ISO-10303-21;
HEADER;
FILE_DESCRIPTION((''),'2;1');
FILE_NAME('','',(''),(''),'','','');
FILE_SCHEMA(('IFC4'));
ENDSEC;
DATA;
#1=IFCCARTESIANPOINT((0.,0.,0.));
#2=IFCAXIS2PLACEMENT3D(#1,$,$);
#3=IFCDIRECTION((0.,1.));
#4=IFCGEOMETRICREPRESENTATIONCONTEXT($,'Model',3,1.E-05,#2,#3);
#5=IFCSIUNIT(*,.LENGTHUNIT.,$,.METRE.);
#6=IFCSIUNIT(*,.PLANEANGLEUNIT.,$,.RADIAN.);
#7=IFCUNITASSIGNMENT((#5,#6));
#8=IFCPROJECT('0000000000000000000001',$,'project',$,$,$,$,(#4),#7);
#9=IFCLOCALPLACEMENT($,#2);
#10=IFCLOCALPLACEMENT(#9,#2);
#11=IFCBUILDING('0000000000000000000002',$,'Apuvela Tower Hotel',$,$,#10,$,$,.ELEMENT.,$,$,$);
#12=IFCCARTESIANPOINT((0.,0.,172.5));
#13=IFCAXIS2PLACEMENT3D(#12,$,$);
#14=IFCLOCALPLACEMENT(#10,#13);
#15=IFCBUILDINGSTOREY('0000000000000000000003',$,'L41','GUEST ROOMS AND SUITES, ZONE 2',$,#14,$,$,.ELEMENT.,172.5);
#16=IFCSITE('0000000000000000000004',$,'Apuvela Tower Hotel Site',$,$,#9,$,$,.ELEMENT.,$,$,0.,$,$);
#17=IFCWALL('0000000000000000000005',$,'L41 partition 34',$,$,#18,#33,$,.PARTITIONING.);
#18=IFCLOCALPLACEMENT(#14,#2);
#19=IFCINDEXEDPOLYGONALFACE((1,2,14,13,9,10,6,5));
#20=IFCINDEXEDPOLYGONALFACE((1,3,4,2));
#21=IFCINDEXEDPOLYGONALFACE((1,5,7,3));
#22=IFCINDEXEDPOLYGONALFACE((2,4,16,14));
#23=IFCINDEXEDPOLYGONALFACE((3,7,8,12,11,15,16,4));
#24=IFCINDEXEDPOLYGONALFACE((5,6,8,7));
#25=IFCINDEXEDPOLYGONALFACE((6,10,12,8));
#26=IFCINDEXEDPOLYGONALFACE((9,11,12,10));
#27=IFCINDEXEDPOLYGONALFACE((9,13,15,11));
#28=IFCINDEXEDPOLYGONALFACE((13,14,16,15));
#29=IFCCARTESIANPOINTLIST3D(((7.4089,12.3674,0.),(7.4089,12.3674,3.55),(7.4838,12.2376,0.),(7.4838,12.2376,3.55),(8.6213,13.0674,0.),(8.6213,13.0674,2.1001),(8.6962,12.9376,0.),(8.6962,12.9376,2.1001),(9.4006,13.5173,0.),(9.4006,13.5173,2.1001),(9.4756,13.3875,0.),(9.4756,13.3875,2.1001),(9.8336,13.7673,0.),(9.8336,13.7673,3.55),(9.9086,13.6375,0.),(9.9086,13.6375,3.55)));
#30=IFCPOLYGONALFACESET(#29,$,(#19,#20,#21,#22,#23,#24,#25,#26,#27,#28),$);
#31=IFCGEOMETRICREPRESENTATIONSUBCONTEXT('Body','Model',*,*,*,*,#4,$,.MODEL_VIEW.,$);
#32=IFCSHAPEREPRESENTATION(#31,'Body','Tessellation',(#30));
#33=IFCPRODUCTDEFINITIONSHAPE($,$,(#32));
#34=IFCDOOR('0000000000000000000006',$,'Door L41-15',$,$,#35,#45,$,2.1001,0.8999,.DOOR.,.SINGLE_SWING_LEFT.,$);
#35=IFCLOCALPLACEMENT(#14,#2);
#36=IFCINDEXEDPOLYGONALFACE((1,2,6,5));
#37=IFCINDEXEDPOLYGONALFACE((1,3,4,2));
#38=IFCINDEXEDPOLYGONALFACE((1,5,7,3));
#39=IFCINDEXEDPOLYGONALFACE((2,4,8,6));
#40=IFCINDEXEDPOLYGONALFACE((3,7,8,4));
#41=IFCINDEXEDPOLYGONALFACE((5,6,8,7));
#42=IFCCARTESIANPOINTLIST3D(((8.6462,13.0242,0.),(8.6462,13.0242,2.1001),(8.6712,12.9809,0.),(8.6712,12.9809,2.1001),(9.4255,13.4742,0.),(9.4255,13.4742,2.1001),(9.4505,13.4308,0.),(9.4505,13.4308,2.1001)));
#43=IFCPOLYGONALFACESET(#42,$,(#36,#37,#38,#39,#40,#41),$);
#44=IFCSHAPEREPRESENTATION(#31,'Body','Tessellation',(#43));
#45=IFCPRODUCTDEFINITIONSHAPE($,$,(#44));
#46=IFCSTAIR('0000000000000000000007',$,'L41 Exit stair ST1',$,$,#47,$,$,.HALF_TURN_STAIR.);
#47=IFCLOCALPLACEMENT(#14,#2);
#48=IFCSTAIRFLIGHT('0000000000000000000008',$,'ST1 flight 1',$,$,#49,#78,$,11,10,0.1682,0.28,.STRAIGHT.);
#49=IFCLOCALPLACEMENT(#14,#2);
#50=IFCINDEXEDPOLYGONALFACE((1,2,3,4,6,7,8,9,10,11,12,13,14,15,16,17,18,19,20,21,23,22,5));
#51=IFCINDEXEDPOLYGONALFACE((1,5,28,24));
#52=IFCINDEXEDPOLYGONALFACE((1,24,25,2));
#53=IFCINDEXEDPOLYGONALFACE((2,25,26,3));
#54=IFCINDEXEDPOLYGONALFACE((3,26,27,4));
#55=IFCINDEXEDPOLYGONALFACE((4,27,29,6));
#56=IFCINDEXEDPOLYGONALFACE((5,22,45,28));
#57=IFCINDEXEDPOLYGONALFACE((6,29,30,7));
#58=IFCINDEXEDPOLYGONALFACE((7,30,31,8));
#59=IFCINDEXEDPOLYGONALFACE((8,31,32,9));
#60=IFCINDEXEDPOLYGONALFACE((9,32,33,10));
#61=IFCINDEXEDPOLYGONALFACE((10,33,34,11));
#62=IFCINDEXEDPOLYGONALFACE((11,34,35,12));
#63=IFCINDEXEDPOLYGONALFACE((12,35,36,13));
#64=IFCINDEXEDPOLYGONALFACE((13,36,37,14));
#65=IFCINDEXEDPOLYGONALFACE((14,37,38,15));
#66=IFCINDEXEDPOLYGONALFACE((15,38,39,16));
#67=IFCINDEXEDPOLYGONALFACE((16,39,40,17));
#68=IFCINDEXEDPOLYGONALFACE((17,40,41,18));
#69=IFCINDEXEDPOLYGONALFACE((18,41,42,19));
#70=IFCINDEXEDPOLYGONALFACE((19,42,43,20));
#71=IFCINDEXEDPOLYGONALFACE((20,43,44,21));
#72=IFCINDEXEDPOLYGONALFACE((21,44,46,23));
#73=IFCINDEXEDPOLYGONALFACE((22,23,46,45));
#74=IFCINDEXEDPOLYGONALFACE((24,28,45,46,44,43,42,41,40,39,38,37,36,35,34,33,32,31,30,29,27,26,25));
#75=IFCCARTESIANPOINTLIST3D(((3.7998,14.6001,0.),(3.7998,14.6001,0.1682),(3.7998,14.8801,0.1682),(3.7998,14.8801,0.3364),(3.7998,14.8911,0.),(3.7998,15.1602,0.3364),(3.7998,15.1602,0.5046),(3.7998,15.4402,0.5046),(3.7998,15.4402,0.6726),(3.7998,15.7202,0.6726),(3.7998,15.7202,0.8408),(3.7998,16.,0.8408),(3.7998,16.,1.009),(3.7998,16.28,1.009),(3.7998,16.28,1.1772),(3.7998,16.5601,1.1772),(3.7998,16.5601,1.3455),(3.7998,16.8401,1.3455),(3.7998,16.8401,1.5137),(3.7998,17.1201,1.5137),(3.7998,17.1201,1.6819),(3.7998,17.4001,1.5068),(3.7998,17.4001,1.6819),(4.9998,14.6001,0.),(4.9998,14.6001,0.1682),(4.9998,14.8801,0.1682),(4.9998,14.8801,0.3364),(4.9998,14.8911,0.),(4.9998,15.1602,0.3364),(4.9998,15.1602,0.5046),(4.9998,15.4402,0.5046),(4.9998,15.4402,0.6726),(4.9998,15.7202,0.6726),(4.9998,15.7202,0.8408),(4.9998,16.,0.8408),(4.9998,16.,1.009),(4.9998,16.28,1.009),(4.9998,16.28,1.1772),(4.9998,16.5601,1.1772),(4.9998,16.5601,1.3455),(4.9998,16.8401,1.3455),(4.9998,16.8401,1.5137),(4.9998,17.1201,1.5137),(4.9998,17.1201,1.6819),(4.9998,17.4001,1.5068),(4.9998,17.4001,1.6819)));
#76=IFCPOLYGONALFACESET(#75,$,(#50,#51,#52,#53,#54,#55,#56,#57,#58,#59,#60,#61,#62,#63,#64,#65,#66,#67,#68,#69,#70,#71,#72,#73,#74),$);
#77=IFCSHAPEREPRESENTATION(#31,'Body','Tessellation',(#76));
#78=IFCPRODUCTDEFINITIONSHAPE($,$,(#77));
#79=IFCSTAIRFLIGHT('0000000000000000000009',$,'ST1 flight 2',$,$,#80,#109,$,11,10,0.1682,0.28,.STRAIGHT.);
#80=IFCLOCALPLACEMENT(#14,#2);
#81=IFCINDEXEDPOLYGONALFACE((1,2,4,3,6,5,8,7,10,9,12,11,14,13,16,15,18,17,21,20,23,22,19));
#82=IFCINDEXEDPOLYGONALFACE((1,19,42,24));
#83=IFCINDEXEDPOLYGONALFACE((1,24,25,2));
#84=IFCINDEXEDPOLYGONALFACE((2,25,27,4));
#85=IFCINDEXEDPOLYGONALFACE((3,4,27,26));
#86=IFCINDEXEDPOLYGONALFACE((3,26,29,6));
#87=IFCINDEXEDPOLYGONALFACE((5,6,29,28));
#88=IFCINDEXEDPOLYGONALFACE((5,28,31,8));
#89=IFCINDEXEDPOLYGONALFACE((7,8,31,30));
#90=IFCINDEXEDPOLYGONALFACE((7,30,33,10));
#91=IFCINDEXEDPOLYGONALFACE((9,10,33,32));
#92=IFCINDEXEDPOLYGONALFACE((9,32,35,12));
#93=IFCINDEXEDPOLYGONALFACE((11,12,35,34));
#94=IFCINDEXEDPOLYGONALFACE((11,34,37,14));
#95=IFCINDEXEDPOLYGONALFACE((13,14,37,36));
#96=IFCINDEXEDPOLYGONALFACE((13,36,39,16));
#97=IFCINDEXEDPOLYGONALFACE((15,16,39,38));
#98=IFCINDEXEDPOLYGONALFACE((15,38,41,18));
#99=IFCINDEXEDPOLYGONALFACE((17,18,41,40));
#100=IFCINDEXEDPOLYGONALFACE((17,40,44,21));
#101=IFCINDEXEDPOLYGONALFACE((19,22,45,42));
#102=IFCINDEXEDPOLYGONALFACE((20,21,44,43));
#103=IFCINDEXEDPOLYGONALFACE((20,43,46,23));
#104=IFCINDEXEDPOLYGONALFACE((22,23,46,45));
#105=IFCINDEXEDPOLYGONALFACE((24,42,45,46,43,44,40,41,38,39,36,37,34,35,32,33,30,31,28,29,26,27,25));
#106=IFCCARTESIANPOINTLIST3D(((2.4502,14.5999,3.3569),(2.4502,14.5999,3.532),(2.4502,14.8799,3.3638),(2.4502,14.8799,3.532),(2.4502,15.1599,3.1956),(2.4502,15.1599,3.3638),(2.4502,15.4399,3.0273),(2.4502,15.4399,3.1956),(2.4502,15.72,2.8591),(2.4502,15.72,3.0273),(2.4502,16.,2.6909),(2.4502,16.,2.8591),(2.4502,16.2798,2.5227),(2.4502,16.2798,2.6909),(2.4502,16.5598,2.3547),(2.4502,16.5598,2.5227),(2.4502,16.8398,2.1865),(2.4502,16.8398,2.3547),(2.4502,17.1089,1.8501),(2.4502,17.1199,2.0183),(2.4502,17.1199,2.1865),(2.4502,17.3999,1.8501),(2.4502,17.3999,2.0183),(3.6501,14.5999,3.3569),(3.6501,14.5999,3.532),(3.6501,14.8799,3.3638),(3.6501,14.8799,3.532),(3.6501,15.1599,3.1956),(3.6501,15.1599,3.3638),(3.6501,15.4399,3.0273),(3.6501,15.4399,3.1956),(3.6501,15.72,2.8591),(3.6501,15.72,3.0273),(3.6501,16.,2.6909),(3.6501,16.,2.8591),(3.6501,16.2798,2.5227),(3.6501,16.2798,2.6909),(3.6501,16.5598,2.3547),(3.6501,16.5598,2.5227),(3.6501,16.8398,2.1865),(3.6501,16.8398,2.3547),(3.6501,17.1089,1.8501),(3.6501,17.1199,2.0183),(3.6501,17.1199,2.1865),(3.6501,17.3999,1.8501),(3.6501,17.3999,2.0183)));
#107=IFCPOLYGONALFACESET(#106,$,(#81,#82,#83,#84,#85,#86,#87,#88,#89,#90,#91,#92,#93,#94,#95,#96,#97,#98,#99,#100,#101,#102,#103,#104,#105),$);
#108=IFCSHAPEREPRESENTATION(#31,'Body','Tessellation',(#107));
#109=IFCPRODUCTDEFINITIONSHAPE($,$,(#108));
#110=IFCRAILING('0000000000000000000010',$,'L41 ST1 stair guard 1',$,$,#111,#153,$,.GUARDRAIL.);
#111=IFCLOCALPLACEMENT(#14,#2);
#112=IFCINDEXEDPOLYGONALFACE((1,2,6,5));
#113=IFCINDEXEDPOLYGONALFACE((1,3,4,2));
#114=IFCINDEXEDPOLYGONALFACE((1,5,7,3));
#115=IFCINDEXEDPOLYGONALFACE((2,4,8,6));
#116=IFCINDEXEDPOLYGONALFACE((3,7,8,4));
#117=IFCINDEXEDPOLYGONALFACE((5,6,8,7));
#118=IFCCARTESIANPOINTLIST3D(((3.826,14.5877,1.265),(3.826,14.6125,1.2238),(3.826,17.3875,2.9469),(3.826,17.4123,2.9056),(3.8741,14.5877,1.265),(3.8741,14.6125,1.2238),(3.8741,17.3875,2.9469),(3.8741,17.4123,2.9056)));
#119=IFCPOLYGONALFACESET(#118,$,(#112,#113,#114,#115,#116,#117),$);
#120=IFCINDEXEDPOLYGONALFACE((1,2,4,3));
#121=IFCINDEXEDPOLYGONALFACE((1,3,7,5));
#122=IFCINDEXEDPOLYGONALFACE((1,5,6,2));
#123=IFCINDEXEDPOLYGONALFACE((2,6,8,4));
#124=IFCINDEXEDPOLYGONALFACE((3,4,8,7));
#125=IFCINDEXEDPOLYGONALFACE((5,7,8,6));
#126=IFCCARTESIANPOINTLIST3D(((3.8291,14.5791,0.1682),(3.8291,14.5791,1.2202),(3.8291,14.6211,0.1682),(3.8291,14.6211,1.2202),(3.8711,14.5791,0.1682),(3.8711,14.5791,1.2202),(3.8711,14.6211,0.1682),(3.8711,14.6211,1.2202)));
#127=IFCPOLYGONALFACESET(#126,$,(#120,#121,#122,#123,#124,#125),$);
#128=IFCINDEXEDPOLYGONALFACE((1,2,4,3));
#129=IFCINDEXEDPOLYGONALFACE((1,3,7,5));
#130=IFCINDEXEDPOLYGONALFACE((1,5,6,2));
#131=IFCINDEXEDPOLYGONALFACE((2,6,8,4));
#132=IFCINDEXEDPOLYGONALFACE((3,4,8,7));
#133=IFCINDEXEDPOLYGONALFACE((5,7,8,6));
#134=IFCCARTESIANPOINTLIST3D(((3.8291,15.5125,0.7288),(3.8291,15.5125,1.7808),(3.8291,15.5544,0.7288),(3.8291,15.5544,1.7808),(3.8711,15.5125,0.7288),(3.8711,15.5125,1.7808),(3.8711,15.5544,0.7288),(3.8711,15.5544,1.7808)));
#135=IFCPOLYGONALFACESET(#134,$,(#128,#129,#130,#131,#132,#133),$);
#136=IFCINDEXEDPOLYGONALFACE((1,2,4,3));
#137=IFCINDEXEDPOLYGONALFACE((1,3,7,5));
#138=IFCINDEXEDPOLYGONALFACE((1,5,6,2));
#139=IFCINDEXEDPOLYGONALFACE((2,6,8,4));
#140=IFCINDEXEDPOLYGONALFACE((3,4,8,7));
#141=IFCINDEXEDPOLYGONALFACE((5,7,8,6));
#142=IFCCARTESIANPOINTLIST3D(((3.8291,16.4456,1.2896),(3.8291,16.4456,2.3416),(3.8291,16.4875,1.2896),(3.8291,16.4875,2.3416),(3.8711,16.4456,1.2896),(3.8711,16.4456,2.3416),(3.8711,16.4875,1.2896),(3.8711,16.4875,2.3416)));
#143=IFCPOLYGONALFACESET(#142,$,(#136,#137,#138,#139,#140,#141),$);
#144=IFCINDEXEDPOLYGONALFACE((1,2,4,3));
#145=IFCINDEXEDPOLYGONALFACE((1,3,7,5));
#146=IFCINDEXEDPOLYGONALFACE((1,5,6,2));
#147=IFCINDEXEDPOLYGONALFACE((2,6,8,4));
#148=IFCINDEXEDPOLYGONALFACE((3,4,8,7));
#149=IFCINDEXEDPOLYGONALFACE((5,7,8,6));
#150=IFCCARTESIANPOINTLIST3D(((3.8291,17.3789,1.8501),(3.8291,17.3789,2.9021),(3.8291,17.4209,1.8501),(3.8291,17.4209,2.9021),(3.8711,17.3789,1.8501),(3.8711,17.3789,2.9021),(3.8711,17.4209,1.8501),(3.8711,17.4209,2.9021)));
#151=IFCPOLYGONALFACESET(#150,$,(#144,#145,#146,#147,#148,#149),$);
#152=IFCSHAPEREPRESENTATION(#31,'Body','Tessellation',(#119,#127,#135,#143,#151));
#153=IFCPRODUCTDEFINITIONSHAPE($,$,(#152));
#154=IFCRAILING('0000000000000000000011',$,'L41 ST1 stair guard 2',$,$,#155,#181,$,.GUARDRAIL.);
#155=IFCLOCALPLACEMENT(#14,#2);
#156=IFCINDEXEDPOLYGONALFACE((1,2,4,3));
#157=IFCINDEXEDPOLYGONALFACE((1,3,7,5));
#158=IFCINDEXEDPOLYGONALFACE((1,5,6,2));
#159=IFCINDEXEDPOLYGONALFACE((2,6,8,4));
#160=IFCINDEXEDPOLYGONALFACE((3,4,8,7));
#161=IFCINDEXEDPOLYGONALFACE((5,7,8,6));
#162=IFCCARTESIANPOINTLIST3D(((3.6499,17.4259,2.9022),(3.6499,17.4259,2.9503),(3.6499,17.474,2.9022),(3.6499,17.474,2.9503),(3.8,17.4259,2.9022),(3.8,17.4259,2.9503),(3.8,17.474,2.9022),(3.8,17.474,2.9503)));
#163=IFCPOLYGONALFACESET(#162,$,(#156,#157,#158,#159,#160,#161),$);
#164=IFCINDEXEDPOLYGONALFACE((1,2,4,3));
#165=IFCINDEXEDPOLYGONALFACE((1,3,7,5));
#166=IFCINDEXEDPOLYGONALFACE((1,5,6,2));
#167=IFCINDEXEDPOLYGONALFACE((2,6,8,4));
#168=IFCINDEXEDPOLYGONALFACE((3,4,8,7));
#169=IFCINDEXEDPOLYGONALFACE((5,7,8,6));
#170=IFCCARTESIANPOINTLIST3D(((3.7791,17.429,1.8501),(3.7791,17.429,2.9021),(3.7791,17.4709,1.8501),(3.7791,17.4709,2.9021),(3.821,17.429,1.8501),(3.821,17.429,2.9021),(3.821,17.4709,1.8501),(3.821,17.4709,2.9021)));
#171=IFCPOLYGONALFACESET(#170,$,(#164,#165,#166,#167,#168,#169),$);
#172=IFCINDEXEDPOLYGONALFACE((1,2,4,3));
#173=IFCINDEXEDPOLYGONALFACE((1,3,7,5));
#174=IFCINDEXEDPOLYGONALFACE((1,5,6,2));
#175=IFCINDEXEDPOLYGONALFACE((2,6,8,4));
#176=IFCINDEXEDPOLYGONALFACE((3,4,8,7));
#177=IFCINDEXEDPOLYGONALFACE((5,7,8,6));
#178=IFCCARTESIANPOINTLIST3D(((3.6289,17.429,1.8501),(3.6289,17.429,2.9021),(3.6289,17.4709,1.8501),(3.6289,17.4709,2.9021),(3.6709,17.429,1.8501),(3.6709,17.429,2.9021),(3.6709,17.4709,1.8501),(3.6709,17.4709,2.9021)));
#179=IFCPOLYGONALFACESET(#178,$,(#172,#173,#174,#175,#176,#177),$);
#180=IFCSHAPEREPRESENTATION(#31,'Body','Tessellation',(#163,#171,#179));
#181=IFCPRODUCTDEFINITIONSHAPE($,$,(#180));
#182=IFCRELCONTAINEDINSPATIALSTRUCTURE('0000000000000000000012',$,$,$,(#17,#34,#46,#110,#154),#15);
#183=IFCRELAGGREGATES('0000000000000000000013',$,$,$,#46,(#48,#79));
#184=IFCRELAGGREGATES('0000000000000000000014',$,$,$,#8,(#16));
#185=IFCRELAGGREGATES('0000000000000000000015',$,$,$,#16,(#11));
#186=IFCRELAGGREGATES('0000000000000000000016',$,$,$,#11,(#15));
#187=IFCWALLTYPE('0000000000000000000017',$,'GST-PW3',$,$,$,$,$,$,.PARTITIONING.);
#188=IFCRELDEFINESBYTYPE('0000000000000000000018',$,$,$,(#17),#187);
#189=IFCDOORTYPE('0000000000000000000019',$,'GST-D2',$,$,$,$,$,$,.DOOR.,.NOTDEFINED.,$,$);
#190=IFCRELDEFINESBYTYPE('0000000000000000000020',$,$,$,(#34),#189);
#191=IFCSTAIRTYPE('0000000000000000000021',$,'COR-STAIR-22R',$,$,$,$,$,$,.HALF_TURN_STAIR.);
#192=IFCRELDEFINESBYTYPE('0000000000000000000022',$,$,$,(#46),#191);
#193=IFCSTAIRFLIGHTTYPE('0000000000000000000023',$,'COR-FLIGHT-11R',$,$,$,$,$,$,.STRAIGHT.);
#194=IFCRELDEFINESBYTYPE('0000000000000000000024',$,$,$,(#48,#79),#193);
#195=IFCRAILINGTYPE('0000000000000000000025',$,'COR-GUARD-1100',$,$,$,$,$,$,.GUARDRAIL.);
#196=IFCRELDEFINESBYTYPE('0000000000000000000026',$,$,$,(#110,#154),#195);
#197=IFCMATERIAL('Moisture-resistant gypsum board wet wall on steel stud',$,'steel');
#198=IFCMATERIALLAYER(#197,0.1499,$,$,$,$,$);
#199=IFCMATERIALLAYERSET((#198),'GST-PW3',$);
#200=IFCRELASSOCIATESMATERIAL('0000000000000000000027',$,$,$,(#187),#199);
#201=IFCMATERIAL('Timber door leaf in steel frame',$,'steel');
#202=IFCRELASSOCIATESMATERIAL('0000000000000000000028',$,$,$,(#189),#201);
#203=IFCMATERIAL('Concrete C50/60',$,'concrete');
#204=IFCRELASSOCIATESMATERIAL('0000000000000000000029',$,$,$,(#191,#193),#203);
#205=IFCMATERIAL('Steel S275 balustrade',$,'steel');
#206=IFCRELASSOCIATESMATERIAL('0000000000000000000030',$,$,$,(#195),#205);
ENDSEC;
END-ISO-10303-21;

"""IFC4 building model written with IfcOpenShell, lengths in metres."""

from ifc_helpers import new_model, si_unit, direction, frame, frame_2d, origin, origin_2d, place, context, subcontext, project, spatial, polyline, rectangle, outline, extrude, material, layer, layer_set, type_object, element, fill, aggregate, save


model = new_model("IFC4")

# Units and contexts
model_context = context("Model", 3, precision=1e-05, world=origin(), true_north=direction((0.0, 1.0)))
body_context = subcontext(model_context, "Body", "Model", "MODEL_VIEW")
ifc_project = project(units=[si_unit("LENGTHUNIT", "METRE"), si_unit("PLANEANGLEUNIT", "RADIAN")], contexts=[model_context])

# Site, building, storey
site_placement = place(None, origin())
site = spatial("IfcSite", under=ifc_project, at=site_placement, Name="Apuvela Tower Hotel Site", CompositionType="ELEMENT", RefElevation=0.0)
building_placement = place(site_placement, origin())
building = spatial("IfcBuilding", under=site, at=building_placement, Name="Apuvela Tower Hotel", CompositionType="ELEMENT")
storey_placement = place(building_placement, frame((0.0, 0.0, 172.5)))
storey = spatial("IfcBuildingStorey", under=building, at=storey_placement, Name="L41", Description="GUEST ROOMS AND SUITES, ZONE 2", CompositionType="ELEMENT", Elevation=172.5)

# Shared definitions
ifc_material_1 = material(Name="Concrete C50/60", Category="concrete")

# Wall, opening, door
ifc_material_2 = material(Name="Moisture-resistant gypsum board wet wall on steel stud", Category="steel")
ifc_layer_1 = layer(ifc_material_2, 0.1499)
ifc_layer_set_1 = layer_set([ifc_layer_1], Name="GST-PW3")
wall_type_1 = type_object("IfcWallType", Name="GST-PW3", PredefinedType="PARTITIONING", material=ifc_layer_set_1)
wall_1_placement = place(storey_placement, frame((9.8711, 13.7024, 0.0), z_axis=(0.0, 0.0, 1.0), x_axis=(-0.866035, -0.499984, 0.0)))
wall_1 = element("IfcWall", 1, at=wall_1_placement, inside=storey, type_object=wall_type_1, Name="L41 partition 34", PredefinedType="PARTITIONING", context=body_context, shape_type="SweptSolid", body=[
    extrude(rectangle(XDim=2.7998, YDim=0.1499, at=frame_2d((1.3999, 0.0))), origin(), (0.0, 0.0, 1.0), 3.55),
])
opening_1_placement = place(wall_1_placement, frame((0.5, 0.0, 0.0)))
opening_1 = element("IfcOpeningElement", 2, at=opening_1_placement, cuts=wall_1, PredefinedType="OPENING", context=body_context, shape_type="SweptSolid", body=[
    extrude(rectangle(XDim=0.8999, YDim=2.1001, at=frame_2d((0.45, 1.05))), frame((0.0, 0.085, 0.0), z_axis=(0.0, -1.0, 0.0), x_axis=(1.0, 0.0, 0.0)), (0.0, 0.0, 1.0), 0.1699),
])
ifc_material_3 = material(Name="Timber door leaf in steel frame", Category="steel")
door_type_1 = type_object("IfcDoorType", Name="GST-D2", OperationType="NOTDEFINED", PredefinedType="DOOR", material=ifc_material_3)
door_1_placement = place(opening_1_placement, origin())
door_1 = element("IfcDoor", 3, at=door_1_placement, inside=storey, type_object=door_type_1, Name="Door L41-15", OperationType="SINGLE_SWING_LEFT", OverallHeight=2.1001, OverallWidth=0.8999, PredefinedType="DOOR", context=body_context, shape_type="SweptSolid", body=[
    extrude(rectangle(XDim=0.8999, YDim=2.1001, at=frame_2d((0.45, 1.05))), frame((0.0, 0.0249, 0.0), z_axis=(0.0, -1.0, 0.0), x_axis=(1.0, 0.0, 0.0)), (0.0, 0.0, 1.0), 0.05),
])
fill(opening_1, door_1)

# Stair, stair flights
stair_type = type_object("IfcStairType", Name="COR-STAIR-22R", PredefinedType="HALF_TURN_STAIR", material=ifc_material_1)
stair_placement = place(storey_placement, origin())
stair = element("IfcStair", 4, at=stair_placement, inside=storey, type_object=stair_type, Name="L41 Exit stair ST1", PredefinedType="HALF_TURN_STAIR")
stair_flight_type = type_object("IfcStairFlightType", Name="COR-FLIGHT-11R", PredefinedType="STRAIGHT", material=ifc_material_1)
stair_flight_1_placement = place(storey_placement, frame((4.3999, 14.6001, 0.0), z_axis=(0.0, 0.0, 1.0), x_axis=(0.0, 1.0, 0.0)))
stair_flight_1 = element("IfcStairFlight", 5, at=stair_flight_1_placement, type_object=stair_flight_type, Name="ST1 flight 1", NumberOfRisers=11, NumberOfTreads=10, PredefinedType="STRAIGHT", RiserHeight=0.1682, TreadLength=0.28, context=body_context, shape_type="SweptSolid", body=[
    extrude(outline(polyline([(0.0, 0.0), (0.0, 0.1682), (0.28, 0.1682), (0.28, 0.3364), (0.5601, 0.3364), (0.5601, 0.5046), (0.8401, 0.5046), (0.8401, 0.6726), (1.1201, 0.6726), (1.1201, 0.8408), (1.3999, 0.8408), (1.3999, 1.009), (1.6799, 1.009), (1.6799, 1.1772), (1.96, 1.1772), (1.96, 1.3455), (2.24, 1.3455), (2.24, 1.5137), (2.52, 1.5137), (2.52, 1.6819), (2.8, 1.6819), (2.8, 1.8501), (2.8, 1.5068), (0.291, 0.0), (0.0, 0.0)])), frame((0.0, 0.6001, 0.0), z_axis=(0.0, -1.0, 0.0), x_axis=(1.0, 0.0, 0.0)), (0.0, 0.0, 1.0), 1.2),
])
stair_flight_2_placement = place(storey_placement, frame((3.05, 17.3999, 1.8501), z_axis=(0.0, 0.0, 1.0), x_axis=(0.0, -1.0, 0.0)))
stair_flight_2 = element("IfcStairFlight", 6, at=stair_flight_2_placement, type_object=stair_flight_type, Name="ST1 flight 2", NumberOfRisers=11, NumberOfTreads=10, PredefinedType="STRAIGHT", RiserHeight=0.1682, TreadLength=0.28, context=body_context, shape_type="SweptSolid", body=[
    extrude(outline(polyline([(0.0, 0.0), (0.0, 0.1682), (0.28, 0.1682), (0.28, 0.3364), (0.5601, 0.3364), (0.5601, 0.5046), (0.8401, 0.5046), (0.8401, 0.6726), (1.1201, 0.6726), (1.1201, 0.8408), (1.3999, 0.8408), (1.3999, 1.009), (1.6799, 1.009), (1.6799, 1.1772), (1.96, 1.1772), (1.96, 1.3455), (2.24, 1.3455), (2.24, 1.5137), (2.52, 1.5137), (2.52, 1.6819), (2.8, 1.6819), (2.8, 1.8501), (2.8, 1.5068), (0.291, 0.0), (0.0, 0.0)])), frame((0.0, 0.6001, 0.0), z_axis=(0.0, -1.0, 0.0), x_axis=(1.0, 0.0, 0.0)), (0.0, 0.0, 1.0), 1.2),
])
aggregate(stair, [stair_flight_1, stair_flight_2])

# Railings
ifc_material_4 = material(Name="Steel S275 balustrade", Category="steel")
railing_type_1 = type_object("IfcRailingType", Name="COR-GUARD-1100", PredefinedType="GUARDRAIL", material=ifc_material_4)
railing_1_placement = place(storey_placement, frame((3.8501, 14.6001, 0.1682)))
element("IfcRailing", 7, at=railing_1_placement, inside=storey, type_object=railing_type_1, Name="L41 ST1 stair guard 1", PredefinedType="GUARDRAIL", context=body_context, shape_type="SweptSolid", body=[
    extrude(rectangle(XDim=0.0481, YDim=0.0481, at=origin_2d()), frame((0.0, 0.0, 1.0762), z_axis=(0.0, 0.857222, 0.514946), x_axis=(-1.0, 0.0, 0.0)), (0.0, 0.0, 1.0), 3.2661),
    extrude(rectangle(XDim=0.042, YDim=0.042, at=origin_2d()), origin(), (0.0, 0.0, 1.0), 1.052),
    extrude(rectangle(XDim=0.042, YDim=0.042, at=origin_2d()), frame((0.0, 0.9333, 0.5605)), (0.0, 0.0, 1.0), 1.052),
    extrude(rectangle(XDim=0.042, YDim=0.042, at=origin_2d()), frame((0.0, 1.8665, 1.1213)), (0.0, 0.0, 1.0), 1.052),
    extrude(rectangle(XDim=0.042, YDim=0.042, at=origin_2d()), frame((0.0, 2.7998, 1.6819)), (0.0, 0.0, 1.0), 1.052),
])
railing_2_placement = place(storey_placement, frame((3.8, 17.45, 1.8501)))
element("IfcRailing", 8, at=railing_2_placement, inside=storey, type_object=railing_type_1, Name="L41 ST1 stair guard 2", PredefinedType="GUARDRAIL", context=body_context, shape_type="SweptSolid", body=[
    extrude(rectangle(XDim=0.0481, YDim=0.0481, at=origin_2d()), frame((0.0, 0.0, 1.0762), z_axis=(-1.0, 0.0, 0.0), x_axis=(0.0, -1.0, 0.0)), (0.0, 0.0, 1.0), 0.1501),
    extrude(rectangle(XDim=0.042, YDim=0.042, at=origin_2d()), origin(), (0.0, 0.0, 1.0), 1.052),
    extrude(rectangle(XDim=0.042, YDim=0.042, at=origin_2d()), frame((-0.1501, 0.0, 0.0)), (0.0, 0.0, 1.0), 1.052),
])

save(model, "model.ifc")
